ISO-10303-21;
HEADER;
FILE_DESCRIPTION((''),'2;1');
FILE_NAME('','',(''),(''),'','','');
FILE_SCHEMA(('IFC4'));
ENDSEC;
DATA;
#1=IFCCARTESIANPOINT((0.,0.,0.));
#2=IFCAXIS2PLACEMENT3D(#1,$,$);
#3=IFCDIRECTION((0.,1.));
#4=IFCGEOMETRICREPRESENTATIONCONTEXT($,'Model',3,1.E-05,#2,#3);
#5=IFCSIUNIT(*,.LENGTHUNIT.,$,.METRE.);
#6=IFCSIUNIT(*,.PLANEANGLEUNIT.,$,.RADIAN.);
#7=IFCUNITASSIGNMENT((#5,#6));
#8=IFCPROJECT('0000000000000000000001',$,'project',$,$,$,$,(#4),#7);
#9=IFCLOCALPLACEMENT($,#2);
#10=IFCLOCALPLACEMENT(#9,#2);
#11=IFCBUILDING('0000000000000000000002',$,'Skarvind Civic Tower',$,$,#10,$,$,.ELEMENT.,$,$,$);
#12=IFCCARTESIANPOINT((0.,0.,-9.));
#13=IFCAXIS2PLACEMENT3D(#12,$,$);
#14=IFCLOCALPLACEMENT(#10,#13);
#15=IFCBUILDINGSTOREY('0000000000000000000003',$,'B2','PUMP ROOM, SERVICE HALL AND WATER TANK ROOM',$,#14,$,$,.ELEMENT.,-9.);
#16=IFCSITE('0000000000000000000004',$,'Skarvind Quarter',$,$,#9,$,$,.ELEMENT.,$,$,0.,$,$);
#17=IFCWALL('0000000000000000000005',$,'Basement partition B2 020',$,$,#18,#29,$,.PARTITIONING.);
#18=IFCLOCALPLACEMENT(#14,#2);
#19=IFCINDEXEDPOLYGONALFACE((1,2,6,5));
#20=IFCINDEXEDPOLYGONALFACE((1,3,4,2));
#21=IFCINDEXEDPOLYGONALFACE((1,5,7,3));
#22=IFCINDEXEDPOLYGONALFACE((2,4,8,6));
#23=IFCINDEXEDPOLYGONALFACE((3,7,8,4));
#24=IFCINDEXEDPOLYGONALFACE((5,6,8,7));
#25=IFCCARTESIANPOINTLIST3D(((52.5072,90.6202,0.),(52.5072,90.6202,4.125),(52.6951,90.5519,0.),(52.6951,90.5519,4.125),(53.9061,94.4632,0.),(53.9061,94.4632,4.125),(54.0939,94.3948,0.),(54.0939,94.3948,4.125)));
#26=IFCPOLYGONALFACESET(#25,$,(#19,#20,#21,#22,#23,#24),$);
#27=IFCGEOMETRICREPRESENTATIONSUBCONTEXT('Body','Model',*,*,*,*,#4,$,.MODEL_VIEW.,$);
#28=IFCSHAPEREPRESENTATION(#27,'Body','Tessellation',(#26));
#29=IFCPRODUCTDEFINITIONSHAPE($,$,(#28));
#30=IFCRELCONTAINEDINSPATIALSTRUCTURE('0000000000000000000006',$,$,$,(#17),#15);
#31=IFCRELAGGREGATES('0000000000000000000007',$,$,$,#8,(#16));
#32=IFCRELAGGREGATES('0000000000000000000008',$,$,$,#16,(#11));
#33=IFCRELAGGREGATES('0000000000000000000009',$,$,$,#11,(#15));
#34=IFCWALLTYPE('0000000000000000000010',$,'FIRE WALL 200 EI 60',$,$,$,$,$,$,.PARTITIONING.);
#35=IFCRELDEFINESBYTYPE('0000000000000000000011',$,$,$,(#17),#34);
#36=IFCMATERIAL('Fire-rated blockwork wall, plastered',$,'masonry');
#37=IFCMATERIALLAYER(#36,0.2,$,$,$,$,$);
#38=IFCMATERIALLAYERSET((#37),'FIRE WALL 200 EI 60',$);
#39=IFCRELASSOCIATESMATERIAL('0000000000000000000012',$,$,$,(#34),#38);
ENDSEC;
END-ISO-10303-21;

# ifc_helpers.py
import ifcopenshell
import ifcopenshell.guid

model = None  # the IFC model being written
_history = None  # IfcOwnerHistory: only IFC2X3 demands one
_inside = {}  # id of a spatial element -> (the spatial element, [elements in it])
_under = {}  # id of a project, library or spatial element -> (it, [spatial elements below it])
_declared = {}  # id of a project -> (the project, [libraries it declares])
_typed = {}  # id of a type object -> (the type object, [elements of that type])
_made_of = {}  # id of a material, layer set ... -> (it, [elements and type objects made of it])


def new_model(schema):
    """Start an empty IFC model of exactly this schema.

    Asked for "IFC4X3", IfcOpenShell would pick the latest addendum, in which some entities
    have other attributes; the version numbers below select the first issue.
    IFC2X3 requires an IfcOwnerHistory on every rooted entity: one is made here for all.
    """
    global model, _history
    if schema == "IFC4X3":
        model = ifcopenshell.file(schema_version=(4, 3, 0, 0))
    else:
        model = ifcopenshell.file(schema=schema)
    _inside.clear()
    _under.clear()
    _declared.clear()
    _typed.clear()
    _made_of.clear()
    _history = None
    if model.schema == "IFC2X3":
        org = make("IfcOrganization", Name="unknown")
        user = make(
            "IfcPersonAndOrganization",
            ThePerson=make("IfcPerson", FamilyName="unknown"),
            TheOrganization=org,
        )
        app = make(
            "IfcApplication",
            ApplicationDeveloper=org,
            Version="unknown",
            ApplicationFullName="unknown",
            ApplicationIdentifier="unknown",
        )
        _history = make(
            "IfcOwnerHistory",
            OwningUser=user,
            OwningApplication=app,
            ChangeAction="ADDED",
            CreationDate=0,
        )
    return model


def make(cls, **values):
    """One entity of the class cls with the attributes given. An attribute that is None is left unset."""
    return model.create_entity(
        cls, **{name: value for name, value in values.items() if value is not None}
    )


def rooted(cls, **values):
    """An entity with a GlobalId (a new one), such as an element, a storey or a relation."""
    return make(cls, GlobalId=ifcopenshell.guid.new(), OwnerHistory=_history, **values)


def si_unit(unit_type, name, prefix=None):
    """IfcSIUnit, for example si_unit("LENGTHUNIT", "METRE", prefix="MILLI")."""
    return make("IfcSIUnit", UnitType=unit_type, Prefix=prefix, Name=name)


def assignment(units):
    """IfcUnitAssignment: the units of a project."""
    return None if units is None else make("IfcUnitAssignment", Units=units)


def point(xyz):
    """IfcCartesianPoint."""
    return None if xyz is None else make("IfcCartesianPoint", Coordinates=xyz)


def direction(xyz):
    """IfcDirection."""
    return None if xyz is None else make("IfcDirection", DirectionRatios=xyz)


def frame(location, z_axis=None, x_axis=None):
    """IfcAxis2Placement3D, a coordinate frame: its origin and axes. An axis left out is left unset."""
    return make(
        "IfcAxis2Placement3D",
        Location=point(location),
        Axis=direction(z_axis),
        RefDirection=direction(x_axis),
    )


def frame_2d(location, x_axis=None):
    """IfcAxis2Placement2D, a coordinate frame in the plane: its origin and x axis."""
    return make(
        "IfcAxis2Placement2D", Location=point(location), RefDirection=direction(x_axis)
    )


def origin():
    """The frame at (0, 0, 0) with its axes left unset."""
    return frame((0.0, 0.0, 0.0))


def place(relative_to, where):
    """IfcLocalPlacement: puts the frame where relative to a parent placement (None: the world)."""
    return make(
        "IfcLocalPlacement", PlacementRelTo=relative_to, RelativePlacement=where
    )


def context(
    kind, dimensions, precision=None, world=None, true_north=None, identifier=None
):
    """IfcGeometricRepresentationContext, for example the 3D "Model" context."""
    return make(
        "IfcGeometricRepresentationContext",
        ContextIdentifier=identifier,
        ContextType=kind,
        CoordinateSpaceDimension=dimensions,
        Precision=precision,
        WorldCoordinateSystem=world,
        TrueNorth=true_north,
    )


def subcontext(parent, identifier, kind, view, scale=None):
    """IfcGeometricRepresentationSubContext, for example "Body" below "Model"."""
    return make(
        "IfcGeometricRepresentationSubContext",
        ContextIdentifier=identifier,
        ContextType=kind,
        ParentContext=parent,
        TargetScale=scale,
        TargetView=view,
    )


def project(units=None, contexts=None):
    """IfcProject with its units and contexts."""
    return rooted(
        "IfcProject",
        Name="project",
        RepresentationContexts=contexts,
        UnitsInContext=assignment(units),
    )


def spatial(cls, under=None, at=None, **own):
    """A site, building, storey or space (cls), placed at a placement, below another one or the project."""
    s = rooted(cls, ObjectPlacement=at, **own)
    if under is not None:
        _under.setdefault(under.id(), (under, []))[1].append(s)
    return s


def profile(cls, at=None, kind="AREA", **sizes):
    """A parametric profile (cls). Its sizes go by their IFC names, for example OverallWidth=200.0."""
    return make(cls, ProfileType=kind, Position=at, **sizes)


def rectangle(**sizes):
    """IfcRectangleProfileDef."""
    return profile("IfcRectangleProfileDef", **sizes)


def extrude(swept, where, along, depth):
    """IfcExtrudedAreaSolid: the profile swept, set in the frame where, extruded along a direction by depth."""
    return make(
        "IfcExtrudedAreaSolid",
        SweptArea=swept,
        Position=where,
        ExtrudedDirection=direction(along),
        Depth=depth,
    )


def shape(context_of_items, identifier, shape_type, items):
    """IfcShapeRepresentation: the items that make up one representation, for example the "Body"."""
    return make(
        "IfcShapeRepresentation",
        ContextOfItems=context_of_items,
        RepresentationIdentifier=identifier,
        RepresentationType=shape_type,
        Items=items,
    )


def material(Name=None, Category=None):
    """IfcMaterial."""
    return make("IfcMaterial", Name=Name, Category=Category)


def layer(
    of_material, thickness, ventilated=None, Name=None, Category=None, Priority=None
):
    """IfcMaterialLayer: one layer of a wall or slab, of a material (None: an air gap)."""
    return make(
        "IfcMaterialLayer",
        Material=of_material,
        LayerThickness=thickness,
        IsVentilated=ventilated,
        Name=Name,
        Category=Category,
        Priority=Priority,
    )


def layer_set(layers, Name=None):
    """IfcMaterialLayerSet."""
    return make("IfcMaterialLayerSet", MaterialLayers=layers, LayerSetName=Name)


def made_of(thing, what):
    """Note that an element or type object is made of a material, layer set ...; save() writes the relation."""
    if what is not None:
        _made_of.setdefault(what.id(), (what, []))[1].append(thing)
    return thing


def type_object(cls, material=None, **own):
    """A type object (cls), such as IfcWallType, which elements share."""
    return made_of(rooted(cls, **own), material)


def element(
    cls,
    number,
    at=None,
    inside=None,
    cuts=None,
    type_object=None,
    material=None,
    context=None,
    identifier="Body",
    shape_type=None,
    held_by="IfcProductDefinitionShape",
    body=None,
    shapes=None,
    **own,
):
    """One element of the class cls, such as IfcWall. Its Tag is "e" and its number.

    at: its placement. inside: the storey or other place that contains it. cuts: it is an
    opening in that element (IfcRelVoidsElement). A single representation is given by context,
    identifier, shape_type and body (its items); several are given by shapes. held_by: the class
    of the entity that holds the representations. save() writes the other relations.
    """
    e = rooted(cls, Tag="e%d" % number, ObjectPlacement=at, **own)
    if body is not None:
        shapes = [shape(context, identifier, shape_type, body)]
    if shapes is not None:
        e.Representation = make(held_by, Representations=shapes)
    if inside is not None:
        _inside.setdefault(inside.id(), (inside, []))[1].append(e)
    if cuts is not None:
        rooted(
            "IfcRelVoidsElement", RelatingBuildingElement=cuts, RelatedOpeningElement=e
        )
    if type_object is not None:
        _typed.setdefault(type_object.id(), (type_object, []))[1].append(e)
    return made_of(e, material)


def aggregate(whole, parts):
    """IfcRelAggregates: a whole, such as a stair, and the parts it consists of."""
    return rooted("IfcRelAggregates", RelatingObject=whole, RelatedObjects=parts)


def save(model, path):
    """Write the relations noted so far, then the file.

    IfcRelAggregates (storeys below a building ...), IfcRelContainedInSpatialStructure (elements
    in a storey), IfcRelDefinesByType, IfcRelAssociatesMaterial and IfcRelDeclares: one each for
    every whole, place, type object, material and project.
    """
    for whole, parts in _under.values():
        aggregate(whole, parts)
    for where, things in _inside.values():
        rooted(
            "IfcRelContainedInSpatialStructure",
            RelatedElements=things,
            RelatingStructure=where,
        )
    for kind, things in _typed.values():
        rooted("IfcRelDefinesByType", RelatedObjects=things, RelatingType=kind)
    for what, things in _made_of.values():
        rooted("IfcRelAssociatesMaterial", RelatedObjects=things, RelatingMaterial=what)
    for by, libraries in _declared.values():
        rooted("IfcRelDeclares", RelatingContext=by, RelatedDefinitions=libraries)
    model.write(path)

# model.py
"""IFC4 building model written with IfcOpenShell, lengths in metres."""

from ifc_helpers import new_model, si_unit, direction, frame, frame_2d, origin, place, context, subcontext, project, spatial, rectangle, extrude, material, layer, layer_set, type_object, element, save


model = new_model("IFC4")

# Units and contexts
model_context = context("Model", 3, precision=1e-05, world=origin(), true_north=direction((0.0, 1.0)))
body_context = subcontext(model_context, "Body", "Model", "MODEL_VIEW")
ifc_project = project(units=[si_unit("LENGTHUNIT", "METRE"), si_unit("PLANEANGLEUNIT", "RADIAN")], contexts=[model_context])

# Site, building, storey
site_placement = place(None, origin())
site = spatial("IfcSite", under=ifc_project, at=site_placement, Name="Skarvind Quarter", CompositionType="ELEMENT", RefElevation=0.0)
building_placement = place(site_placement, origin())
building = spatial("IfcBuilding", under=site, at=building_placement, Name="Skarvind Civic Tower", CompositionType="ELEMENT")
storey_placement = place(building_placement, frame((0.0, 0.0, -9.0)))
storey = spatial("IfcBuildingStorey", under=building, at=storey_placement, Name="B2", Description="PUMP ROOM, SERVICE HALL AND WATER TANK ROOM", CompositionType="ELEMENT", Elevation=-9.0)

# Wall
ifc_material_1 = material(Name="Fire-rated blockwork wall, plastered", Category="masonry")
ifc_layer_1 = layer(ifc_material_1, 0.2)
ifc_layer_set_1 = layer_set([ifc_layer_1], Name="FIRE WALL 200 EI 60")
wall_type_1 = type_object("IfcWallType", Name="FIRE WALL 200 EI 60", PredefinedType="PARTITIONING", material=ifc_layer_set_1)
wall_1_placement = place(storey_placement, frame((52.6011, 90.5859, 0.0), z_axis=(0.0, 0.0, 1.0), x_axis=(0.342059, 0.939678, 0.0)))
element("IfcWall", 1, at=wall_1_placement, inside=storey, type_object=wall_type_1, Name="Basement partition B2 020", PredefinedType="PARTITIONING", context=body_context, shape_type="SweptSolid", body=[
    extrude(rectangle(XDim=4.0896, YDim=0.2, at=frame_2d((2.0449, 0.0))), origin(), (0.0, 0.0, 1.0), 4.125),
])

save(model, "model.ifc")
